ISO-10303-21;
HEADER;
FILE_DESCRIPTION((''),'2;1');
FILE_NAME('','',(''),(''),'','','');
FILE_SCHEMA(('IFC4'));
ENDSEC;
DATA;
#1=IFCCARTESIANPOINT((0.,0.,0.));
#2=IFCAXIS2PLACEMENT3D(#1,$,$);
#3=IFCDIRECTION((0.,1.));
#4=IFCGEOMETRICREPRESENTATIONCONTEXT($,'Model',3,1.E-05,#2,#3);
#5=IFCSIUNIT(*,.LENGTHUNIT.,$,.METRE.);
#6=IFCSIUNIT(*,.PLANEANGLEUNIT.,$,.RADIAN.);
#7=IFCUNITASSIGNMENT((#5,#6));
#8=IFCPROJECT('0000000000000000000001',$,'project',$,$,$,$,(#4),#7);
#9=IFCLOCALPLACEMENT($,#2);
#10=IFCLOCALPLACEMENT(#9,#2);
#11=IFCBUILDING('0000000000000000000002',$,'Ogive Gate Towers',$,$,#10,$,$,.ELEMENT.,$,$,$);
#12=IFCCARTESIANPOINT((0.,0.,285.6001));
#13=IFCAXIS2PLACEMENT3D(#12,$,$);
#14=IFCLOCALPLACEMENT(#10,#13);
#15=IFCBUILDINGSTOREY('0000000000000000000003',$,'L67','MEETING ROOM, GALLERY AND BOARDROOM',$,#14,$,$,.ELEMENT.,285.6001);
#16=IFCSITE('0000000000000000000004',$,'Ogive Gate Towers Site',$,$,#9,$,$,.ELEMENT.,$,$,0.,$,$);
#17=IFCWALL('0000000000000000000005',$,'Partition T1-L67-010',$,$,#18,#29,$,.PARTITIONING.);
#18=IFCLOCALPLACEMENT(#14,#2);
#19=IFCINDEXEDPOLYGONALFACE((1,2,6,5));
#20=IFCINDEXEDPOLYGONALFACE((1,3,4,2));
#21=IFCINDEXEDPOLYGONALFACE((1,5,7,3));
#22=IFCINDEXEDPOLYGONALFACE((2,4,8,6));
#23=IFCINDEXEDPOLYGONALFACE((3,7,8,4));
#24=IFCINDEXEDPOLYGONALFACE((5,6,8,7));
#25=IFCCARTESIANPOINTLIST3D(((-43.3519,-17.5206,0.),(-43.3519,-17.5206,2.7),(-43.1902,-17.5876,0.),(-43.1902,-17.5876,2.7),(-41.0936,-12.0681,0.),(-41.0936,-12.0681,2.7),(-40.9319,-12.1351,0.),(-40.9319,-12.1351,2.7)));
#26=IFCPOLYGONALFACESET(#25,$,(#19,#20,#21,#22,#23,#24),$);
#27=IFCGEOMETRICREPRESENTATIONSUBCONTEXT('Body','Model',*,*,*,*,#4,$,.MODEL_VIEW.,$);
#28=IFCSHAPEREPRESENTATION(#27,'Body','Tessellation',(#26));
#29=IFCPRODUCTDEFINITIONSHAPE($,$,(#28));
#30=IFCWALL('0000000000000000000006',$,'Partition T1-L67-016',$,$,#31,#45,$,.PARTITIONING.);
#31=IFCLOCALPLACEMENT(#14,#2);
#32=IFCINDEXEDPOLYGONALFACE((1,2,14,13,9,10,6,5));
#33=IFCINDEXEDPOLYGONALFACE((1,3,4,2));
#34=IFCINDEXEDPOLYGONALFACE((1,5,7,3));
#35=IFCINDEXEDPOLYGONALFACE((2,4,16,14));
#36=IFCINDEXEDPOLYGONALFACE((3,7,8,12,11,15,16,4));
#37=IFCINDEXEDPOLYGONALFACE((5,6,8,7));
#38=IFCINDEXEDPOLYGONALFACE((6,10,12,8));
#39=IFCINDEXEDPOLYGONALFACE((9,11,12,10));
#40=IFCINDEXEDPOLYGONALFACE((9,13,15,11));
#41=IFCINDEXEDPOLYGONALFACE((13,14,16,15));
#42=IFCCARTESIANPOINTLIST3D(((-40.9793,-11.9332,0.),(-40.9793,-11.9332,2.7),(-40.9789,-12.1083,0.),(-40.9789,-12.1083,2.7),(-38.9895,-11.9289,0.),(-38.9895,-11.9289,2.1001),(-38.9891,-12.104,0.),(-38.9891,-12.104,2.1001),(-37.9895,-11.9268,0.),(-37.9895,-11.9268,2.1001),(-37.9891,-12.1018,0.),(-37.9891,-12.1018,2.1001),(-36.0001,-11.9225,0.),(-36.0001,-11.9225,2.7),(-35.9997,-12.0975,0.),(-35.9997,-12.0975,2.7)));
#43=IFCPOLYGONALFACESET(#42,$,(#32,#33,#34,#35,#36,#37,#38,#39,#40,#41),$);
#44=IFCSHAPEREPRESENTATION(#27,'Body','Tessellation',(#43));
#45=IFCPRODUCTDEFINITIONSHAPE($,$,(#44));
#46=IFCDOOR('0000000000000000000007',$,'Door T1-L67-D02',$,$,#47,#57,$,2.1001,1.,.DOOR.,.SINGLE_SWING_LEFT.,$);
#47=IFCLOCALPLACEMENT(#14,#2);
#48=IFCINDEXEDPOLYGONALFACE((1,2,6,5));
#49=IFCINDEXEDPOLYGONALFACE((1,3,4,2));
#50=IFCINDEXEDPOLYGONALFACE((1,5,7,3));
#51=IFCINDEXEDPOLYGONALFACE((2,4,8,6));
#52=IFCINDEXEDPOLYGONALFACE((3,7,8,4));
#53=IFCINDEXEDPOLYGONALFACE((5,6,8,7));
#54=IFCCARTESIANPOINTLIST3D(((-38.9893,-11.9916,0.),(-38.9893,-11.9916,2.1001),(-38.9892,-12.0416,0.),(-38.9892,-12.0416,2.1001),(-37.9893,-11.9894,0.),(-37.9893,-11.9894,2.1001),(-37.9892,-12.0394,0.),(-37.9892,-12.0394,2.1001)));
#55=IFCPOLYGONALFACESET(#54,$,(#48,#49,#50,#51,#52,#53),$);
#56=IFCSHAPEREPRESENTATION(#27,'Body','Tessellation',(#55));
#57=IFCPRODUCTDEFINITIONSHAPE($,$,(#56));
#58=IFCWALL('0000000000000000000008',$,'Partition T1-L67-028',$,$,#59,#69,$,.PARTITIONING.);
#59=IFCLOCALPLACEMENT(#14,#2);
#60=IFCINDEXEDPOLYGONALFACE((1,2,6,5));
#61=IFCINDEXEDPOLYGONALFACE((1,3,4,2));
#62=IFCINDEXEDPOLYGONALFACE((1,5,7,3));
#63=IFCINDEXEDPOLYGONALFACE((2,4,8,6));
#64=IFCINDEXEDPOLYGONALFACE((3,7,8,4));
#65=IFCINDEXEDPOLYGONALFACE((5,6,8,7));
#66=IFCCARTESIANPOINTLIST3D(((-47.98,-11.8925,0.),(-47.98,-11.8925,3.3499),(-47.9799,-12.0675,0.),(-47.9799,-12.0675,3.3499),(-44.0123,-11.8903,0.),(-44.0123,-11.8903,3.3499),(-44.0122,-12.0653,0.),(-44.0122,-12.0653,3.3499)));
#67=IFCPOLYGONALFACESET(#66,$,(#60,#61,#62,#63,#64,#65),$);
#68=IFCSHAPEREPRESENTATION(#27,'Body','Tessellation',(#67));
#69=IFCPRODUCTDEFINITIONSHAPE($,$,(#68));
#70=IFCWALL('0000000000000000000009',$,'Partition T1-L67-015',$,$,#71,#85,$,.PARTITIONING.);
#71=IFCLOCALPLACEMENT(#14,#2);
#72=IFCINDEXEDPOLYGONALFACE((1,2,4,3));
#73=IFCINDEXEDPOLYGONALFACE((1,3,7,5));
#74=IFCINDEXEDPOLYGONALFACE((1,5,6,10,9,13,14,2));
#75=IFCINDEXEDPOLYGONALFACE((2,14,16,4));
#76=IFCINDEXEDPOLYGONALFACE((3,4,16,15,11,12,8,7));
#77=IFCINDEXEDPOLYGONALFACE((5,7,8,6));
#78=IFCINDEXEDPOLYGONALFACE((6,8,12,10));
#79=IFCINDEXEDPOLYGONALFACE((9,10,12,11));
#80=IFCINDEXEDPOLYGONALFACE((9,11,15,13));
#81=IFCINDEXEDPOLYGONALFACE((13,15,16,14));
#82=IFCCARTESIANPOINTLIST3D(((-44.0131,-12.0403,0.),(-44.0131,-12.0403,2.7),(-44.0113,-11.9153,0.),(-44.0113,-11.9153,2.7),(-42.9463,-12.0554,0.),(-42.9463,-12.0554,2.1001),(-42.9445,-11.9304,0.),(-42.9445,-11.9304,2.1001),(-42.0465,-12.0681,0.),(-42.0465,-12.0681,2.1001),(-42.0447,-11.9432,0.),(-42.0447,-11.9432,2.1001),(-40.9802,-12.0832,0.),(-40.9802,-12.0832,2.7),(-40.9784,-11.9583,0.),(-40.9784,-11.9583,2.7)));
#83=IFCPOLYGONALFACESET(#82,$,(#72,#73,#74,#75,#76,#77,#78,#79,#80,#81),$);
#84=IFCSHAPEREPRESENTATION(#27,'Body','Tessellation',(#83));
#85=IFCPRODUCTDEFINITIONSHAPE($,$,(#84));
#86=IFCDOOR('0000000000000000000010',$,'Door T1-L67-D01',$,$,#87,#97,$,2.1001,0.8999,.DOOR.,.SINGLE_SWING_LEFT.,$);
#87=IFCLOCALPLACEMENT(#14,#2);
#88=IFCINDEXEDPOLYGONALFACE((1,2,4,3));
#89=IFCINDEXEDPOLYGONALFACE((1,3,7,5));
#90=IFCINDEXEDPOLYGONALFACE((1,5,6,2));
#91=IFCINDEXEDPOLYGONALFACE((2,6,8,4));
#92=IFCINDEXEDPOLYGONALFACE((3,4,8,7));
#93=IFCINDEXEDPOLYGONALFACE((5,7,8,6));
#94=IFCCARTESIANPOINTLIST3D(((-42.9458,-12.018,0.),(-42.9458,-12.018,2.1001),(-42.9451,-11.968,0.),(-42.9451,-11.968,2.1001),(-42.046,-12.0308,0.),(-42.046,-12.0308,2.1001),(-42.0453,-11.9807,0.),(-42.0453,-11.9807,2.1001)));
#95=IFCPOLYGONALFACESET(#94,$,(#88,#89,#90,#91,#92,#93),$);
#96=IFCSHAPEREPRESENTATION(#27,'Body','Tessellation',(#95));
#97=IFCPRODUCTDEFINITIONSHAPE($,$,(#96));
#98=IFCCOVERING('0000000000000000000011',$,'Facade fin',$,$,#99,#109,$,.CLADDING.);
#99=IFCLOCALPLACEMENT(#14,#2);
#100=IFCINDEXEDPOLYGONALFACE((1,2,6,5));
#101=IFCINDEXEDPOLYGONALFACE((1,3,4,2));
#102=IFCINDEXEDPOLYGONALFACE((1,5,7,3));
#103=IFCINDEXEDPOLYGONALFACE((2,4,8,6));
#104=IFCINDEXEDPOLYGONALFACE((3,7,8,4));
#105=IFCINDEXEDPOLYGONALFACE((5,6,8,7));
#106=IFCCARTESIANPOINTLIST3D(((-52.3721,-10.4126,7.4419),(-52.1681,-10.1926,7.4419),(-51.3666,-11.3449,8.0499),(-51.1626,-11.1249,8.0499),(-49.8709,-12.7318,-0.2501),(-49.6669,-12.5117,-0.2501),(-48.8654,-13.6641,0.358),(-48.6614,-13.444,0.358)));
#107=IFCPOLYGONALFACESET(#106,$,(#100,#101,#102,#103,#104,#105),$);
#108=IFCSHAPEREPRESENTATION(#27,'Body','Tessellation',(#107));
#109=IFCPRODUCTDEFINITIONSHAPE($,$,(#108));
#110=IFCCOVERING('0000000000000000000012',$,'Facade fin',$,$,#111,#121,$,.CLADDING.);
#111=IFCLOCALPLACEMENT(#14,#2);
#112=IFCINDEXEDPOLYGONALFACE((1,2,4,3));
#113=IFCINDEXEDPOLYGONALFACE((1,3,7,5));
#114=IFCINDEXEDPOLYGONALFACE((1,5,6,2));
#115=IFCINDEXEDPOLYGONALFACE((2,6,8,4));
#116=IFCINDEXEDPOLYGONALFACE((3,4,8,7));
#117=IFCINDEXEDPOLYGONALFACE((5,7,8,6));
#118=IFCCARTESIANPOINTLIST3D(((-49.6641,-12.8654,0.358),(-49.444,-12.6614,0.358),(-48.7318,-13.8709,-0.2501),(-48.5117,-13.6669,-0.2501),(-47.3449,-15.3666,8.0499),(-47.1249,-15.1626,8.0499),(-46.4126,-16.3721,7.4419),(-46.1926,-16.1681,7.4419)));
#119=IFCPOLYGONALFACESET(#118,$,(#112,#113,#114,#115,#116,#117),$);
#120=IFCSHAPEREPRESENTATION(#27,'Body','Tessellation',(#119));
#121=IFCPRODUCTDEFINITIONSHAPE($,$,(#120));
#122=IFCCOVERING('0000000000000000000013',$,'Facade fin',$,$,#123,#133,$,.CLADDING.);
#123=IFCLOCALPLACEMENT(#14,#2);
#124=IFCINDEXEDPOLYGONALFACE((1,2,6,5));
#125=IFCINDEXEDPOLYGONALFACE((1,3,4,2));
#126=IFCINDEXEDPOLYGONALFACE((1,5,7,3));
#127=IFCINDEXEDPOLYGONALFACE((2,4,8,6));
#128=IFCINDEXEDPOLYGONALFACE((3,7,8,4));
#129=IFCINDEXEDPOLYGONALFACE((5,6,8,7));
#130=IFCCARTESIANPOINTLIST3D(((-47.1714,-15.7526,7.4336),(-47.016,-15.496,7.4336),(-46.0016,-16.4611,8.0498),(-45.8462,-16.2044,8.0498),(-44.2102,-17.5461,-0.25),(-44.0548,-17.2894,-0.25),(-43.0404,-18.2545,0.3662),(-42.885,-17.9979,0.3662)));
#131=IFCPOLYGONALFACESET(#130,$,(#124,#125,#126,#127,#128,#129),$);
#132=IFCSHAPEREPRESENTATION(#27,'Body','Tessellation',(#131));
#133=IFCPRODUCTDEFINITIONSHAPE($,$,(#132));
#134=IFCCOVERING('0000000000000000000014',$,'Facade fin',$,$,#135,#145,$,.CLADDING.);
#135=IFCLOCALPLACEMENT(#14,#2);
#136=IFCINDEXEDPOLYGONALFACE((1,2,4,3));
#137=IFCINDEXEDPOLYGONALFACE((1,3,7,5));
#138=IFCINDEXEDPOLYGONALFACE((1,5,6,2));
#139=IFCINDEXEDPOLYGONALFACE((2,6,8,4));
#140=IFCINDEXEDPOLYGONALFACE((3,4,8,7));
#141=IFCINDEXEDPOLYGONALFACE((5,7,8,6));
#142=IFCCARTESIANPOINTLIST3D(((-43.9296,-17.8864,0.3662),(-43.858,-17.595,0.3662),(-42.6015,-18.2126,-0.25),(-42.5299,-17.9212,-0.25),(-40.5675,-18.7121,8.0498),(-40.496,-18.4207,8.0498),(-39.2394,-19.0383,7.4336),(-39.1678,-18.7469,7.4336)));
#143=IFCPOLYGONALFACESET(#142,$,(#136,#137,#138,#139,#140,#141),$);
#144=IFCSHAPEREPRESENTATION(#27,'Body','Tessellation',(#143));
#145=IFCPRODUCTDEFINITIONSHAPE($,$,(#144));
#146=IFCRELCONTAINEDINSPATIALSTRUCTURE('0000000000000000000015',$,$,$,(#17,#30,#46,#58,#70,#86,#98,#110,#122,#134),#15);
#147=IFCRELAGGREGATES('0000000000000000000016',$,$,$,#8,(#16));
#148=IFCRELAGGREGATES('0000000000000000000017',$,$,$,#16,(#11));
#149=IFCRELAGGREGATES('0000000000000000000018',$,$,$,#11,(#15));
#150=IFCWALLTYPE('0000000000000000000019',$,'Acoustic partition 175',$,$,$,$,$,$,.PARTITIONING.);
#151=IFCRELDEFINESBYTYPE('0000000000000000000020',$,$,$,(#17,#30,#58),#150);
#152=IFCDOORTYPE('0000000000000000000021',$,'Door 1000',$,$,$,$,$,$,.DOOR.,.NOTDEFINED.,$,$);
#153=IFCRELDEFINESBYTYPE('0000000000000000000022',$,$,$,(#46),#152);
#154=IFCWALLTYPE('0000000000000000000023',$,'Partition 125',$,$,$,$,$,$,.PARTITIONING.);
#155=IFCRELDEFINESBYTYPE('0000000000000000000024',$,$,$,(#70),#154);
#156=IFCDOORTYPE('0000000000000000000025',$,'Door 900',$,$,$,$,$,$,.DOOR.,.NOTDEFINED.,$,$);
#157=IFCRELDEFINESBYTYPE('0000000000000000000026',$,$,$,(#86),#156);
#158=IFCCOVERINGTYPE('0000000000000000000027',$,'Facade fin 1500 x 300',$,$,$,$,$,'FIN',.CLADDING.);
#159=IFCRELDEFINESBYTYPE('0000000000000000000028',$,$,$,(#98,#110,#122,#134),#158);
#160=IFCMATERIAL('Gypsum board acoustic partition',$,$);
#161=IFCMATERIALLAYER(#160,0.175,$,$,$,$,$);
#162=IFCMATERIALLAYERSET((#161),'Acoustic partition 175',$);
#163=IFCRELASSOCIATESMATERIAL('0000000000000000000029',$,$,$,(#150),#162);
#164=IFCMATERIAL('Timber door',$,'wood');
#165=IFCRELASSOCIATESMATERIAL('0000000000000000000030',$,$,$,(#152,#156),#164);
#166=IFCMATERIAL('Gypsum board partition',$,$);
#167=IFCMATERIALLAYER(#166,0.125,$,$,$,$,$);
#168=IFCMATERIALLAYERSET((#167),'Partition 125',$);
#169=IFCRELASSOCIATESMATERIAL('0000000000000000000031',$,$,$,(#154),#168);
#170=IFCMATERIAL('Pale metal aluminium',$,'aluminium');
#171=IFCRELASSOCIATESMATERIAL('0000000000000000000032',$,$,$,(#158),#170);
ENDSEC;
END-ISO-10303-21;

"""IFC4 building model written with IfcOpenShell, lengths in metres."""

from ifc_helpers import new_model, si_unit, direction, frame, frame_2d, origin, origin_2d, place, context, subcontext, project, spatial, rectangle, extrude, material, layer, layer_set, material_profile, profile_set, type_object, element, fill, save


model = new_model("IFC4")

# Units and contexts
model_context = context("Model", 3, precision=1e-05, world=origin(), true_north=direction((0.0, 1.0)))
body_context = subcontext(model_context, "Body", "Model", "MODEL_VIEW")
ifc_project = project(units=[si_unit("LENGTHUNIT", "METRE"), si_unit("PLANEANGLEUNIT", "RADIAN")], contexts=[model_context])

# Site, building, storey
site_placement = place(None, origin())
site = spatial("IfcSite", under=ifc_project, at=site_placement, Name="Ogive Gate Towers Site", CompositionType="ELEMENT", RefElevation=0.0)
building_placement = place(site_placement, origin())
building = spatial("IfcBuilding", under=site, at=building_placement, Name="Ogive Gate Towers", CompositionType="ELEMENT")
storey_placement = place(building_placement, frame((0.0, 0.0, 285.6001)))
storey = spatial("IfcBuildingStorey", under=building, at=storey_placement, Name="L67", Description="MEETING ROOM, GALLERY AND BOARDROOM", CompositionType="ELEMENT", Elevation=285.6001)

# Shared definitions
ifc_material_1 = material(Name="Pale metal aluminium", Category="aluminium")

# Wall
ifc_material_2 = material(Name="Gypsum board acoustic partition")
ifc_layer_1 = layer(ifc_material_2, 0.175)
ifc_layer_set_1 = layer_set([ifc_layer_1], Name="Acoustic partition 175")
wall_type_1 = type_object("IfcWallType", Name="Acoustic partition 175", PredefinedType="PARTITIONING", material=ifc_layer_set_1)
wall_1_placement = place(storey_placement, frame((-43.271, -17.554, 0.0), z_axis=(0.0, 0.0, 1.0), x_axis=(0.382661, 0.923889, 0.0)))
element("IfcWall", 1, at=wall_1_placement, inside=storey, type_object=wall_type_1, Name="Partition T1-L67-010", PredefinedType="PARTITIONING", context=body_context, shape_type="SweptSolid", body=[
    extrude(rectangle(XDim=5.9016, YDim=0.175, at=frame_2d((2.9507, 0.0))), origin(), (0.0, 0.0, 1.0), 2.7),
])

# Wall, opening, door
wall_2_placement = place(storey_placement, frame((-40.9792, -12.0208, 0.0), z_axis=(0.0, 0.0, 1.0), x_axis=(0.999998, 0.002157, 0.0)))
wall_2 = element("IfcWall", 2, at=wall_2_placement, inside=storey, type_object=wall_type_1, Name="Partition T1-L67-016", PredefinedType="PARTITIONING", context=body_context, shape_type="SweptSolid", body=[
    extrude(rectangle(XDim=4.9792, YDim=0.175, at=frame_2d((2.4897, 0.0))), origin(), (0.0, 0.0, 1.0), 2.7),
])
opening_1_placement = place(wall_2_placement, frame((1.99, 0.0, 0.0)))
opening_1 = element("IfcOpeningElement", 3, at=opening_1_placement, cuts=wall_2, PredefinedType="OPENING", context=body_context, shape_type="SweptSolid", body=[
    extrude(rectangle(XDim=1.0, YDim=2.1001, at=frame_2d((0.5, 1.05))), frame((0.0, 0.0977, 0.0), z_axis=(0.0, -1.0, 0.0), x_axis=(1.0, 0.0, 0.0)), (0.0, 0.0, 1.0), 0.1951),
])
ifc_material_3 = material(Name="Timber door", Category="wood")
door_type_1 = type_object("IfcDoorType", Name="Door 1000", OperationType="NOTDEFINED", PredefinedType="DOOR", material=ifc_material_3)
door_1_placement = place(opening_1_placement, origin())
door_1 = element("IfcDoor", 4, at=door_1_placement, inside=storey, type_object=door_type_1, Name="Door T1-L67-D02", OperationType="SINGLE_SWING_LEFT", OverallHeight=2.1001, OverallWidth=1.0, PredefinedType="DOOR", context=body_context, shape_type="SweptSolid", body=[
    extrude(rectangle(XDim=1.0, YDim=2.1001, at=frame_2d((0.5, 1.05))), frame((0.0, 0.0249, 0.0), z_axis=(0.0, -1.0, 0.0), x_axis=(1.0, 0.0, 0.0)), (0.0, 0.0, 1.0), 0.05),
])
fill(opening_1, door_1)

# Wall
wall_3_placement = place(storey_placement, frame((-47.98, -11.98, 0.0), z_axis=(0.0, 0.0, 1.0), x_axis=(1.0, 0.000554, 0.0)))
element("IfcWall", 5, at=wall_3_placement, inside=storey, type_object=wall_type_1, Name="Partition T1-L67-028", PredefinedType="PARTITIONING", context=body_context, shape_type="SweptSolid", body=[
    extrude(rectangle(XDim=3.9678, YDim=0.175, at=frame_2d((1.9839, 0.0))), origin(), (0.0, 0.0, 1.0), 3.3499),
])

# Wall, opening, door
ifc_material_4 = material(Name="Gypsum board partition")
ifc_layer_2 = layer(ifc_material_4, 0.125)
ifc_layer_set_2 = layer_set([ifc_layer_2], Name="Partition 125")
wall_type_2 = type_object("IfcWallType", Name="Partition 125", PredefinedType="PARTITIONING", material=ifc_layer_set_2)
wall_4_placement = place(storey_placement, frame((-44.0122, -11.9778, 0.0), z_axis=(0.0, 0.0, 1.0), x_axis=(0.9999, -0.014166, 0.0)))
wall_4 = element("IfcWall", 6, at=wall_4_placement, inside=storey, type_object=wall_type_2, Name="Partition T1-L67-015", PredefinedType="PARTITIONING", context=body_context, shape_type="SweptSolid", body=[
    extrude(rectangle(XDim=3.0332, YDim=0.125, at=frame_2d((1.5166, 0.0))), origin(), (0.0, 0.0, 1.0), 2.7),
])
opening_2_placement = place(wall_4_placement, frame((1.0669, 0.0, 0.0)))
opening_2 = element("IfcOpeningElement", 7, at=opening_2_placement, cuts=wall_4, PredefinedType="OPENING", context=body_context, shape_type="SweptSolid", body=[
    extrude(rectangle(XDim=0.8999, YDim=2.1001, at=frame_2d((0.45, 1.05))), frame((0.0, 0.0725, 0.0), z_axis=(0.0, -1.0, 0.0), x_axis=(1.0, 0.0, 0.0)), (0.0, 0.0, 1.0), 0.145),
])
door_type_2 = type_object("IfcDoorType", Name="Door 900", OperationType="NOTDEFINED", PredefinedType="DOOR", material=ifc_material_3)
door_2_placement = place(opening_2_placement, origin())
door_2 = element("IfcDoor", 8, at=door_2_placement, inside=storey, type_object=door_type_2, Name="Door T1-L67-D01", OperationType="SINGLE_SWING_LEFT", OverallHeight=2.1001, OverallWidth=0.8999, PredefinedType="DOOR", context=body_context, shape_type="SweptSolid", body=[
    extrude(rectangle(XDim=0.8999, YDim=2.1001, at=frame_2d((0.45, 1.05))), frame((0.0, 0.0249, 0.0), z_axis=(0.0, -1.0, 0.0), x_axis=(1.0, 0.0, 0.0)), (0.0, 0.0, 1.0), 0.05),
])
fill(opening_2, door_2)

# Coverings
ifc_material_profile_1 = material_profile(ifc_material_1, rectangle(XDim=0.3, YDim=1.5, at=origin_2d()), Name="1500 x 300 pale metal aluminium")
ifc_profile_set_1 = profile_set([ifc_material_profile_1], Name="Pale metal aluminium")
covering_type = type_object("IfcCoveringType", Name="Facade fin 1500 x 300", ElementType="FIN", PredefinedType="CLADDING", material=ifc_profile_set_1)
for number, where, z_axis, x_axis, name in (
    (9, (-49.2661, -13.0879, 0.054), (-0.29726, 0.275615, 0.914151), (-0.679905, -0.733301, 0.0), "Facade fin"),
    (10, (-49.0879, -13.2661, 0.054), (0.275615, -0.29726, 0.914151), (0.733301, 0.679905, 0.0), "Facade fin"),
):
    element("IfcCovering", number, at=place(storey_placement, frame(where, z_axis=z_axis, x_axis=x_axis)), inside=storey, type_object=covering_type, Name=name, PredefinedType="CLADDING", context=body_context, shape_type="SweptSolid", body=[
        extrude(rectangle(XDim=0.3, YDim=1.5, at=origin_2d()), origin(), (0.0, 0.0, 1.0), 8.4143),
    ])
for number, where, z_axis, x_axis, name in (
    (11, (-43.5476, -17.772, 0.0581), (-0.351371, 0.21281, 0.911729), (-0.518048, -0.855351, 0.0), "Facade fin"),
    (12, (-43.2297, -17.9038, 0.0581), (0.398939, -0.097975, 0.911728), (0.238501, 0.971142, 0.0), "Facade fin"),
):
    element("IfcCovering", number, at=place(storey_placement, frame(where, z_axis=z_axis, x_axis=x_axis)), inside=storey, type_object=covering_type, Name=name, PredefinedType="CLADDING", context=body_context, shape_type="SweptSolid", body=[
        extrude(rectangle(XDim=0.3, YDim=1.5, at=origin_2d()), origin(), (0.0, 0.0, 1.0), 8.4275),
    ])

save(model, "model.ifc")
